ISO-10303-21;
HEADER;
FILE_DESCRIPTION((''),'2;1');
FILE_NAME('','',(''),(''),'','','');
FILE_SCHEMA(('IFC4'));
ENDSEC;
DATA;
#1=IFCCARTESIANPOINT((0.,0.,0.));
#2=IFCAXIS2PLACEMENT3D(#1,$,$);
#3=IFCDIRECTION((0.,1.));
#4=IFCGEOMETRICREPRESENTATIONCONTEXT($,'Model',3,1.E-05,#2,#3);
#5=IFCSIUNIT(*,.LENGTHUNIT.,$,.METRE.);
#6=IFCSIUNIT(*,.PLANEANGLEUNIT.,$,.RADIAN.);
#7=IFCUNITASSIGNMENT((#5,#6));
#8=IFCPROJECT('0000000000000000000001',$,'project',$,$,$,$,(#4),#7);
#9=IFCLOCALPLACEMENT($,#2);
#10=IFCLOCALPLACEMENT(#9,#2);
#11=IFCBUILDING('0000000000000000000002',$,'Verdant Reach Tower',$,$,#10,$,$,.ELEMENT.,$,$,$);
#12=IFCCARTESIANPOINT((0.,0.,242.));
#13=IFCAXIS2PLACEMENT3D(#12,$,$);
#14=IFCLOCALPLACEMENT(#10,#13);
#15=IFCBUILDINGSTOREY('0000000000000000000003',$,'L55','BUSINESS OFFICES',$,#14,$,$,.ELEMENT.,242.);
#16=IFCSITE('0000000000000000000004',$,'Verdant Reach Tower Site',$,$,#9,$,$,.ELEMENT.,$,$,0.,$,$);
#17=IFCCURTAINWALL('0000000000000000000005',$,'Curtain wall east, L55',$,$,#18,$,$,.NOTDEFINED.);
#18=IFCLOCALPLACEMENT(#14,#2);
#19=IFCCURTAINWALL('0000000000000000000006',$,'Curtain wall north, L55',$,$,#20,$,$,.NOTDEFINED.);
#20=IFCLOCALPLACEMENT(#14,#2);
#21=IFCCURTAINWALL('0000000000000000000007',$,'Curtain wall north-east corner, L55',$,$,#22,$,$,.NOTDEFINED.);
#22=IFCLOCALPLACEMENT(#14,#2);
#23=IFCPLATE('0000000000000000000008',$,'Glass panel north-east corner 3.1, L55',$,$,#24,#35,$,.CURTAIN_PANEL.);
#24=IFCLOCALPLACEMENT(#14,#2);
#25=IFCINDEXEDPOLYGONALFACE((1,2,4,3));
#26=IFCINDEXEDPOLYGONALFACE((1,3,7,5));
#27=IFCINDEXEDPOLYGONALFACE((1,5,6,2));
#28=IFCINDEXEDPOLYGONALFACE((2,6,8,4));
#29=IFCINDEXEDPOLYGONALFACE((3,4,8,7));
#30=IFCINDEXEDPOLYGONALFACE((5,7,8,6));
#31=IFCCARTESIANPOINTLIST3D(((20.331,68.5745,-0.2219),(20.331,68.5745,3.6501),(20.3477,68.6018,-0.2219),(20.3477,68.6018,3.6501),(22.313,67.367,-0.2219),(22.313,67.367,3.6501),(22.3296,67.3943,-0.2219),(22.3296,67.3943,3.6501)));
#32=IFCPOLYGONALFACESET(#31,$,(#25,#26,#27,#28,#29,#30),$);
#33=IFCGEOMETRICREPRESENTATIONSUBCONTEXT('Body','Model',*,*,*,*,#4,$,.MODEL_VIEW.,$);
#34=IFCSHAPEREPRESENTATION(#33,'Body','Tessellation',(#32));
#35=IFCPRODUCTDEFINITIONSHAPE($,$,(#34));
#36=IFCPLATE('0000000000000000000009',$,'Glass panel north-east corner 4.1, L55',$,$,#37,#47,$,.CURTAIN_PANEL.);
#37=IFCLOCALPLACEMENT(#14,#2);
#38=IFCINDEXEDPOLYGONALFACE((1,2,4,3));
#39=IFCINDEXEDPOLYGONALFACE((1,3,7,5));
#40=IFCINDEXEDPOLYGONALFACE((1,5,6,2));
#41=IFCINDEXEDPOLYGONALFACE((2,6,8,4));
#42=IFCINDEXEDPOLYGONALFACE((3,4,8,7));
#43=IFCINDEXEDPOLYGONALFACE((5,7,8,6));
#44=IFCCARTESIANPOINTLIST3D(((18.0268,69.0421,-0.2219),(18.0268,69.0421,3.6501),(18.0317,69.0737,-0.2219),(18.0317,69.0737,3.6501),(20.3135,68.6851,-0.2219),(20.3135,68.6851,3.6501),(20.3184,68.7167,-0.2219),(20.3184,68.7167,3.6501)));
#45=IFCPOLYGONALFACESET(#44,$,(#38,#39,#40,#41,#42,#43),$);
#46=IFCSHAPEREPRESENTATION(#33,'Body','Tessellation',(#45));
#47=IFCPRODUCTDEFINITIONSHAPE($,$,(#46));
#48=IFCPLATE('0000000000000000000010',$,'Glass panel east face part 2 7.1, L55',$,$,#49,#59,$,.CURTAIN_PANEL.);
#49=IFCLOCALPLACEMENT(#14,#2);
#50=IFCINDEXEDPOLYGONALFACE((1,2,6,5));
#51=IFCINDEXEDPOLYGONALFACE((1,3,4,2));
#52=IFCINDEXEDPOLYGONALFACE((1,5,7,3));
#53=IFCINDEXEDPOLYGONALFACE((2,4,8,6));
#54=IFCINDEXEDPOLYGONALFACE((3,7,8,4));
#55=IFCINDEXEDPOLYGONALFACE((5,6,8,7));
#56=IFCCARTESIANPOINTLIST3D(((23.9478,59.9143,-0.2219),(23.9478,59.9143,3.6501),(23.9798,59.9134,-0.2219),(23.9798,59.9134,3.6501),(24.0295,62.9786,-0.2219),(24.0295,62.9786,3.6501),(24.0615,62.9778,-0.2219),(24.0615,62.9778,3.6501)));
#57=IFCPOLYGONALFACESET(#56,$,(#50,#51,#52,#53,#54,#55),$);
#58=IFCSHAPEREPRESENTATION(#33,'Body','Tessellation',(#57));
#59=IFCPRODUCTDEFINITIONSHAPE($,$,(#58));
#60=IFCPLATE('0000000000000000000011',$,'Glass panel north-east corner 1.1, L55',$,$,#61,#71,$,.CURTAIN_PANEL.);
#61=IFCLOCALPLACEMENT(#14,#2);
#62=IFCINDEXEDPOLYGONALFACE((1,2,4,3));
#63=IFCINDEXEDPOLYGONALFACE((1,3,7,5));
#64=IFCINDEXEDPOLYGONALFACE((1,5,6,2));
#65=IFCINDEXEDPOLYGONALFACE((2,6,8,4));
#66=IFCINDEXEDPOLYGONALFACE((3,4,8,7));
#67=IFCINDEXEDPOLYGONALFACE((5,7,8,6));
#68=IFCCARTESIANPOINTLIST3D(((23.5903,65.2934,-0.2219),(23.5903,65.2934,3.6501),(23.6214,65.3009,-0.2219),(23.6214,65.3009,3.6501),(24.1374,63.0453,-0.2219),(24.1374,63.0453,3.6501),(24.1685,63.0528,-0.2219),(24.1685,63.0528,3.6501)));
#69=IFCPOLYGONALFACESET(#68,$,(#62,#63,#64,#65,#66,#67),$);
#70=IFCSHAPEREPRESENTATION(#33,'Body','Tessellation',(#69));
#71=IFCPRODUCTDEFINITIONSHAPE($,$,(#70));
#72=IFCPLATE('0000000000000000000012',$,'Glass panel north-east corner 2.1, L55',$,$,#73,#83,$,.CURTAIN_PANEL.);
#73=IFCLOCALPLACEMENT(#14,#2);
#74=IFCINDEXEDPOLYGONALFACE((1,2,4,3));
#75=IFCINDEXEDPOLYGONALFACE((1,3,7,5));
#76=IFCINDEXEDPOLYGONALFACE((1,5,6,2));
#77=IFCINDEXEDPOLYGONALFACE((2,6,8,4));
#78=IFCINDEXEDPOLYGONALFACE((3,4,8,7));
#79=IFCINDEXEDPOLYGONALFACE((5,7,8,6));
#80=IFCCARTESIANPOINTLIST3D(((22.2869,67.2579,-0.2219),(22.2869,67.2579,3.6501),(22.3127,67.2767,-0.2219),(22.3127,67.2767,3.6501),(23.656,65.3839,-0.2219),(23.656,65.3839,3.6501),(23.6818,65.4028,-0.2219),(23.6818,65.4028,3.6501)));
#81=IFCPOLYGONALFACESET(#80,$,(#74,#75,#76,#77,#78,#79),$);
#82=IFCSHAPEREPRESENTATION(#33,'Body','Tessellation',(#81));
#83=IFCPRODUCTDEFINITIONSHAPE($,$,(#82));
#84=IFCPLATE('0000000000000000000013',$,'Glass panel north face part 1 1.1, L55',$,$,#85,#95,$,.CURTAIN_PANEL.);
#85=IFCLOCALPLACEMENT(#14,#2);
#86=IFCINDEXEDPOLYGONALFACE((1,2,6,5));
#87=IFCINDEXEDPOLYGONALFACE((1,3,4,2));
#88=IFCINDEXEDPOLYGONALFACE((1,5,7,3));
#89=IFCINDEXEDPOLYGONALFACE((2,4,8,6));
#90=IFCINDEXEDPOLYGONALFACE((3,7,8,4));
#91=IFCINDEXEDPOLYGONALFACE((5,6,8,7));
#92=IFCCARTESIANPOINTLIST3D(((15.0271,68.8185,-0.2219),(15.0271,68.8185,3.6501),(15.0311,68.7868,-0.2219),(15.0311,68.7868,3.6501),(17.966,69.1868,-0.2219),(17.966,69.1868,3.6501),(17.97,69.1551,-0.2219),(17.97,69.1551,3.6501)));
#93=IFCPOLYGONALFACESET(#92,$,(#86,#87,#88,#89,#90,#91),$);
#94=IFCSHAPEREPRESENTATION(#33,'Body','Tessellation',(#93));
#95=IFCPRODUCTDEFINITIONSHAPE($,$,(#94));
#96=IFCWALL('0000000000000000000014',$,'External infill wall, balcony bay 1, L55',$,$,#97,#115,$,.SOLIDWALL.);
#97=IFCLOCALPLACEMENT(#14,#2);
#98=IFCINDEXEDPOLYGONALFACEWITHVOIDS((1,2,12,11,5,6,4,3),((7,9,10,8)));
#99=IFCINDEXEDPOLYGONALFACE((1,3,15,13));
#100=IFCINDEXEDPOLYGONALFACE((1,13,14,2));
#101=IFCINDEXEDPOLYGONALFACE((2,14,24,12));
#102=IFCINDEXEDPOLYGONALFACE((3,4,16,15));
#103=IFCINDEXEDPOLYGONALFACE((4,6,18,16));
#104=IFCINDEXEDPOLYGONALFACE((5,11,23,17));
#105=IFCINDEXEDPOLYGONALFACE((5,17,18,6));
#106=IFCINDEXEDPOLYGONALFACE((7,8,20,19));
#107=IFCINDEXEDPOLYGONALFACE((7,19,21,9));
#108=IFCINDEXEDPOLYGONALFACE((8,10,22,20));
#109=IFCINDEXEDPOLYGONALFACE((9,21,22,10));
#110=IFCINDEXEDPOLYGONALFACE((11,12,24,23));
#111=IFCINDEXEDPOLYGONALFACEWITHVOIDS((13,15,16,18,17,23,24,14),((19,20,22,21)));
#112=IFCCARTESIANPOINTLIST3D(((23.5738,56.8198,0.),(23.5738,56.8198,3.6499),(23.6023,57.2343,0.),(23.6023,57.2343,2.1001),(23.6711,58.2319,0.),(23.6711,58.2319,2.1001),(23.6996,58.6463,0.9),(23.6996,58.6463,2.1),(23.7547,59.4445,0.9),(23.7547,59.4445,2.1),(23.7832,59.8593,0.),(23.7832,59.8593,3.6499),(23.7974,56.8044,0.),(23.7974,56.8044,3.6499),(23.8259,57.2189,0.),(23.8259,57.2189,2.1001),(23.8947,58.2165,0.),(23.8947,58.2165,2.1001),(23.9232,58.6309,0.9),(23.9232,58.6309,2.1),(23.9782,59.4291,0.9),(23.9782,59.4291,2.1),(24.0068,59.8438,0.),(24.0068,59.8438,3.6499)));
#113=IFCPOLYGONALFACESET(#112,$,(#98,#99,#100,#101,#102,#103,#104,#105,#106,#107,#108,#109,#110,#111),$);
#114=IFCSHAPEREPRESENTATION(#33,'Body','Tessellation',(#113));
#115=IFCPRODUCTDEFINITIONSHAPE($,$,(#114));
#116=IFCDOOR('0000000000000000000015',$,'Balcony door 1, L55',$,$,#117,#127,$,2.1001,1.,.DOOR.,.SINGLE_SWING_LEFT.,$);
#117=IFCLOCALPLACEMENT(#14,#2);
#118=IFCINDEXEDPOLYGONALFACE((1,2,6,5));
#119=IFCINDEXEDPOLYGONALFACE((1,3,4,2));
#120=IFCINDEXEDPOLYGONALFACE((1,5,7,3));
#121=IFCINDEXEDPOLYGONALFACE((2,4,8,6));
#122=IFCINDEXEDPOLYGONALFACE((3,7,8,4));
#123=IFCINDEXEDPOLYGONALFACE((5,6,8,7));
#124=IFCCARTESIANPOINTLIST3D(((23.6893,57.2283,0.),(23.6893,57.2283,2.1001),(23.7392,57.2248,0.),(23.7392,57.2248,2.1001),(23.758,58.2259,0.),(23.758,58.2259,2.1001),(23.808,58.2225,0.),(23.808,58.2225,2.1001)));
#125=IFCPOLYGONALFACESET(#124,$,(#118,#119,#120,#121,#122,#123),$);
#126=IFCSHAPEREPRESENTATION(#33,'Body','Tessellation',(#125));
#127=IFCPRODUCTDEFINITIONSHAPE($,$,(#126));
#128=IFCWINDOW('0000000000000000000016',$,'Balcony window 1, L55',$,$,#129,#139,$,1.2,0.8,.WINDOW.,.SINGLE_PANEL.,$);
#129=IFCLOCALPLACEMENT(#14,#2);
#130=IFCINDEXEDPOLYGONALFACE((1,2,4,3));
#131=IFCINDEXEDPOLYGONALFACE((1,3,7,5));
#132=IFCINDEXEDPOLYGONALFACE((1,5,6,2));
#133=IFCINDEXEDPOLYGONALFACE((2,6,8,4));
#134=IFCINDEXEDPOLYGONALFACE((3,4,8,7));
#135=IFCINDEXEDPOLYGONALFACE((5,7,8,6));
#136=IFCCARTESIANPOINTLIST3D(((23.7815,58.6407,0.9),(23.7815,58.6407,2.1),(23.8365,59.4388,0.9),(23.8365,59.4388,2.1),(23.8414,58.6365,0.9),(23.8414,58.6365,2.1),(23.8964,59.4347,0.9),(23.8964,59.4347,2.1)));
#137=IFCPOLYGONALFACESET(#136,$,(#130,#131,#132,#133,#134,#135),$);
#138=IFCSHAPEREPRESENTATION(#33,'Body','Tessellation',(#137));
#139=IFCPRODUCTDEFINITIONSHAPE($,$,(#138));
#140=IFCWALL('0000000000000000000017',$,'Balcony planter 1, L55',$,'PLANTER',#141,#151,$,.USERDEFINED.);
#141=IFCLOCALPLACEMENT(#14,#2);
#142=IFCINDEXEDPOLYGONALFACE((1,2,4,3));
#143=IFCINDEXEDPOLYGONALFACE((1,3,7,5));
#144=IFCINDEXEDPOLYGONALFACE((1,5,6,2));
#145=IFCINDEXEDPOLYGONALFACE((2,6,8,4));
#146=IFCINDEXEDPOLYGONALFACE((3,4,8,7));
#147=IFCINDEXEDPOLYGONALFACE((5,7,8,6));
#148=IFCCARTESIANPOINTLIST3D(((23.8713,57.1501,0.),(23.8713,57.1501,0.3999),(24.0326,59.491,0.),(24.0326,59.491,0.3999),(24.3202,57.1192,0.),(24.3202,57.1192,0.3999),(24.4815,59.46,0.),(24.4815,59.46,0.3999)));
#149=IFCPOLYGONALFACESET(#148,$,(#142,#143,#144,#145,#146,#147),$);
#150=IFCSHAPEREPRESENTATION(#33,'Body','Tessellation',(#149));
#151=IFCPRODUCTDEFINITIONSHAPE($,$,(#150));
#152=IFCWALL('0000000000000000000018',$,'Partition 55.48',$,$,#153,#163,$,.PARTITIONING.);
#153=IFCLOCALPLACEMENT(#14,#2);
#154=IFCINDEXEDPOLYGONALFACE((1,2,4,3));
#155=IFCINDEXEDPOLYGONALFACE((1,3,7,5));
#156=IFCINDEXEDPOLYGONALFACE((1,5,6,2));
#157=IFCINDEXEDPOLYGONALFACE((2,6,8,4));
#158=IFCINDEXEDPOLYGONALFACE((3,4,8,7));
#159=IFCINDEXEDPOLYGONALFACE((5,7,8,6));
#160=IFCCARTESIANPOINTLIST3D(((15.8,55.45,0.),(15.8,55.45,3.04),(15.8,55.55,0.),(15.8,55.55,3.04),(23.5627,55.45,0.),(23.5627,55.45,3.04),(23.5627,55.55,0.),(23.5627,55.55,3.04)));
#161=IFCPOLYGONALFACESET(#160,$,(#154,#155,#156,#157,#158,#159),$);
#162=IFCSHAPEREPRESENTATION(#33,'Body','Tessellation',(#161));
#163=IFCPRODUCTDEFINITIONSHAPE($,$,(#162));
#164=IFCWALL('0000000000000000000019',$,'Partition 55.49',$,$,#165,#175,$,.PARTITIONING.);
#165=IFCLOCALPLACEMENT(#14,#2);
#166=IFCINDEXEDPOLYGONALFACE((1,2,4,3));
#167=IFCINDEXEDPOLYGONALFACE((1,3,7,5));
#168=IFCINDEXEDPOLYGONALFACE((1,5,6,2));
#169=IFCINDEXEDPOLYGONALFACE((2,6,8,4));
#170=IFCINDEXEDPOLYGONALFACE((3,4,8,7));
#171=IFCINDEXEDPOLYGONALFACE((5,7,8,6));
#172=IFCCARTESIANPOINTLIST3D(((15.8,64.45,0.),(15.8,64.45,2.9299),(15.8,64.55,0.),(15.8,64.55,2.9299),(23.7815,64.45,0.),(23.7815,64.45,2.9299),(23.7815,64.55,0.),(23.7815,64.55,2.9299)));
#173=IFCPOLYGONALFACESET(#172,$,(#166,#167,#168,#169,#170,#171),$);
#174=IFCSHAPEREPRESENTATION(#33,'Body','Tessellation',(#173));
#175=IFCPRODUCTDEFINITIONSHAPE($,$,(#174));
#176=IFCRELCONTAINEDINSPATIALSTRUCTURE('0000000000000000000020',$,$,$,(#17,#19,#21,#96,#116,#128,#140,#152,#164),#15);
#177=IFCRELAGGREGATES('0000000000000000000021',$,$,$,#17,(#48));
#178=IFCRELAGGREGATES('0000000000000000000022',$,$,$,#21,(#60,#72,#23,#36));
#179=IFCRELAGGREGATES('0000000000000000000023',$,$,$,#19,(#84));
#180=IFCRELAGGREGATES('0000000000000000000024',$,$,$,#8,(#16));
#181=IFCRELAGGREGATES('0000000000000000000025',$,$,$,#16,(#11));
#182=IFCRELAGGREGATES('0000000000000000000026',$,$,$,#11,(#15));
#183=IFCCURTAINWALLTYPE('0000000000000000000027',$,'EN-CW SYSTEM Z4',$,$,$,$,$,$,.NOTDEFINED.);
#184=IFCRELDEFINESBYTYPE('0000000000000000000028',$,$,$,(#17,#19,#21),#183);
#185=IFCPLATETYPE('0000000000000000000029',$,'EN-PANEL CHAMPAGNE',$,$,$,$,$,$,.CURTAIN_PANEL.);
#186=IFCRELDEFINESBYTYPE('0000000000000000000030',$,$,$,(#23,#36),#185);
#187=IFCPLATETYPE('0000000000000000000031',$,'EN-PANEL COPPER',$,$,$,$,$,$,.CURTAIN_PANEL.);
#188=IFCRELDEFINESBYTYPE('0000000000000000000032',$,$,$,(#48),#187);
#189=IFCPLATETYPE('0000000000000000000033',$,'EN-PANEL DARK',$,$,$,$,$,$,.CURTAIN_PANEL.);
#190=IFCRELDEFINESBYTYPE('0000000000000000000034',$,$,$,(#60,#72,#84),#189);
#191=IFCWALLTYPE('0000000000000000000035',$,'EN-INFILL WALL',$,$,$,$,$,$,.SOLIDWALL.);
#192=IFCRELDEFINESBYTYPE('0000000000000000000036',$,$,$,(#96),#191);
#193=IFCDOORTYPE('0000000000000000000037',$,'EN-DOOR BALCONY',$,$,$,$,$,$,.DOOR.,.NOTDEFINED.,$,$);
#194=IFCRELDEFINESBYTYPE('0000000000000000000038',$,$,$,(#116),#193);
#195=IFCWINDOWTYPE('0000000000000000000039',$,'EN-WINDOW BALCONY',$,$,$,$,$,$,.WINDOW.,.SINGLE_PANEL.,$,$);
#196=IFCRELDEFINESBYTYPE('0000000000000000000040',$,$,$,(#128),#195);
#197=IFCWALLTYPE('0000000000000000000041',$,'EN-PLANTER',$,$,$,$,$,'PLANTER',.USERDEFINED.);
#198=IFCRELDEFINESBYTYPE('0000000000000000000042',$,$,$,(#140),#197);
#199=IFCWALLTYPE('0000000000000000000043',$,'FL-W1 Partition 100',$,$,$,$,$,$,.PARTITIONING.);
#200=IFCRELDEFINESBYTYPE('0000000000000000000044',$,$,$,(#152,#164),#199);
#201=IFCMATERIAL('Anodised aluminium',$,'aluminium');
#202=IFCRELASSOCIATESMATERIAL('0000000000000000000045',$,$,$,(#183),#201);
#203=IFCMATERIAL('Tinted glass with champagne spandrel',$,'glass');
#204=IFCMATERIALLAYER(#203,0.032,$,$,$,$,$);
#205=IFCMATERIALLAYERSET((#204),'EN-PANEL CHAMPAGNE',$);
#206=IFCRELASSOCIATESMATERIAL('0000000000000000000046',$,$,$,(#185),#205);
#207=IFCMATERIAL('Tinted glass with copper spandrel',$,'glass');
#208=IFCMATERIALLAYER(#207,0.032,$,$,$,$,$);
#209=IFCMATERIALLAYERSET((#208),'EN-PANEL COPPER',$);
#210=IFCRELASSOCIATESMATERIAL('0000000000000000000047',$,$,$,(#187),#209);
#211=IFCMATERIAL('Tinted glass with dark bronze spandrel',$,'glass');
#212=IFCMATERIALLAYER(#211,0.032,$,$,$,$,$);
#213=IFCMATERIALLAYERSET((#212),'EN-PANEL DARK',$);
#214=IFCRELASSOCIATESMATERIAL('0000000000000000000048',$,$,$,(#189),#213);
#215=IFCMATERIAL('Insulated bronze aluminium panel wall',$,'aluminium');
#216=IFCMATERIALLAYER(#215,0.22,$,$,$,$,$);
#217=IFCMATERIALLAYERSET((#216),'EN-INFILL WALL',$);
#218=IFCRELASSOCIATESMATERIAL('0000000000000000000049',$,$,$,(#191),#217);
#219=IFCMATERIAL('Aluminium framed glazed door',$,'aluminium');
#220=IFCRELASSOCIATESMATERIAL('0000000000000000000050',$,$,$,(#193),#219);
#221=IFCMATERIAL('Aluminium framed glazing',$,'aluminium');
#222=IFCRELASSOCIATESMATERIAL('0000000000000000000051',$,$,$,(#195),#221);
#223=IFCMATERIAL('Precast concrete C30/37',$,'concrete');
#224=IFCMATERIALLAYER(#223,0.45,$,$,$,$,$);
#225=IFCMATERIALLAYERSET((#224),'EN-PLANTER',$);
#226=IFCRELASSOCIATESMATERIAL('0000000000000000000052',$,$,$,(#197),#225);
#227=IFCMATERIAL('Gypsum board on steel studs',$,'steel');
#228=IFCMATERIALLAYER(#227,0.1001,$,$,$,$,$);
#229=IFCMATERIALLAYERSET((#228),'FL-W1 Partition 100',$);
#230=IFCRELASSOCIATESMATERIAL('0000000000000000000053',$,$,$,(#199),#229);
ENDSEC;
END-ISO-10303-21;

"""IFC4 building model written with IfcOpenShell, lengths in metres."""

from ifc_helpers import new_model, si_unit, direction, frame, frame_2d, origin, origin_2d, place, context, subcontext, project, spatial, rectangle, extrude, material, layer, layer_set, type_object, element, fill, aggregate, save


model = new_model("IFC4")

# Units and contexts
model_context = context("Model", 3, precision=1e-05, world=origin(), true_north=direction((0.0, 1.0)))
body_context = subcontext(model_context, "Body", "Model", "MODEL_VIEW")
ifc_project = project(units=[si_unit("LENGTHUNIT", "METRE"), si_unit("PLANEANGLEUNIT", "RADIAN")], contexts=[model_context])

# Site, building, storey
site_placement = place(None, origin())
site = spatial("IfcSite", under=ifc_project, at=site_placement, Name="Verdant Reach Tower Site", CompositionType="ELEMENT", RefElevation=0.0)
building_placement = place(site_placement, origin())
building = spatial("IfcBuilding", under=site, at=building_placement, Name="Verdant Reach Tower", CompositionType="ELEMENT")
storey_placement = place(building_placement, frame((0.0, 0.0, 242.0)))
storey = spatial("IfcBuildingStorey", under=building, at=storey_placement, Name="L55", Description="BUSINESS OFFICES", CompositionType="ELEMENT", Elevation=242.0)

# Curtain walls
ifc_material_1 = material(Name="Anodised aluminium", Category="aluminium")
curtain_wall_type = type_object("IfcCurtainWallType", Name="EN-CW SYSTEM Z4", PredefinedType="NOTDEFINED", material=ifc_material_1)
curtain_wall_1_placement = place(storey_placement, origin())
curtain_wall_1 = element("IfcCurtainWall", 1, at=curtain_wall_1_placement, inside=storey, type_object=curtain_wall_type, Name="Curtain wall east, L55", PredefinedType="NOTDEFINED")
curtain_wall_2_placement = place(storey_placement, origin())
curtain_wall_2 = element("IfcCurtainWall", 2, at=curtain_wall_2_placement, inside=storey, type_object=curtain_wall_type, Name="Curtain wall north, L55", PredefinedType="NOTDEFINED")

# Curtain wall, plates
curtain_wall_3_placement = place(storey_placement, origin())
curtain_wall_3 = element("IfcCurtainWall", 3, at=curtain_wall_3_placement, inside=storey, type_object=curtain_wall_type, Name="Curtain wall north-east corner, L55", PredefinedType="NOTDEFINED")
ifc_material_2 = material(Name="Tinted glass with champagne spandrel", Category="glass")
ifc_layer_1 = layer(ifc_material_2, 0.032)
ifc_layer_set_1 = layer_set([ifc_layer_1], Name="EN-PANEL CHAMPAGNE")
plate_type_1 = type_object("IfcPlateType", Name="EN-PANEL CHAMPAGNE", PredefinedType="CURTAIN_PANEL", material=ifc_layer_set_1)
plate_1_placement = place(storey_placement, frame((21.3303, 67.9844, -0.2219), z_axis=(0.0, 0.0, 1.0), x_axis=(-0.853989, 0.520292, 0.0)))
plate_1 = element("IfcPlate", 4, at=plate_1_placement, type_object=plate_type_1, Name="Glass panel north-east corner 3.1, L55", PredefinedType="CURTAIN_PANEL", context=body_context, shape_type="SweptSolid", body=[
    extrude(rectangle(XDim=2.3208, YDim=0.032, at=origin_2d()), origin(), (0.0, 0.0, 1.0), 3.8721),
])
plate_2_placement = place(storey_placement, frame((19.1726, 68.8794, -0.2219), z_axis=(0.0, 0.0, 1.0), x_axis=(-0.988027, 0.154279, 0.0)))
plate_2 = element("IfcPlate", 5, at=plate_2_placement, type_object=plate_type_1, Name="Glass panel north-east corner 4.1, L55", PredefinedType="CURTAIN_PANEL", context=body_context, shape_type="SweptSolid", body=[
    extrude(rectangle(XDim=2.3145, YDim=0.032, at=origin_2d()), origin(), (0.0, 0.0, 1.0), 3.8721),
])

# Plates
ifc_material_3 = material(Name="Tinted glass with copper spandrel", Category="glass")
ifc_layer_2 = layer(ifc_material_3, 0.032)
ifc_layer_set_2 = layer_set([ifc_layer_2], Name="EN-PANEL COPPER")
plate_type_2 = type_object("IfcPlateType", Name="EN-PANEL COPPER", PredefinedType="CURTAIN_PANEL", material=ifc_layer_set_2)
plate_3_placement = place(storey_placement, frame((24.0046, 61.446, -0.2219), z_axis=(0.0, 0.0, 1.0), x_axis=(0.026651, 0.999645, 0.0)))
plate_3 = element("IfcPlate", 6, at=plate_3_placement, type_object=plate_type_2, Name="Glass panel east face part 2 7.1, L55", PredefinedType="CURTAIN_PANEL", context=body_context, shape_type="SweptSolid", body=[
    extrude(rectangle(XDim=3.0654, YDim=0.032, at=origin_2d()), origin(), (0.0, 0.0, 1.0), 3.8721),
])
aggregate(curtain_wall_1, [plate_3])
ifc_material_4 = material(Name="Tinted glass with dark bronze spandrel", Category="glass")
ifc_layer_3 = layer(ifc_material_4, 0.032)
ifc_layer_set_3 = layer_set([ifc_layer_3], Name="EN-PANEL DARK")
plate_type_3 = type_object("IfcPlateType", Name="EN-PANEL DARK", PredefinedType="CURTAIN_PANEL", material=ifc_layer_set_3)
plate_4_placement = place(storey_placement, frame((23.8794, 64.1731, -0.2219), z_axis=(0.0, 0.0, 1.0), x_axis=(-0.236459, 0.971642, 0.0)))
plate_4 = element("IfcPlate", 7, at=plate_4_placement, type_object=plate_type_3, Name="Glass panel north-east corner 1.1, L55", PredefinedType="CURTAIN_PANEL", context=body_context, shape_type="SweptSolid", body=[
    extrude(rectangle(XDim=2.3137, YDim=0.032, at=origin_2d()), origin(), (0.0, 0.0, 1.0), 3.8721),
])
plate_5_placement = place(storey_placement, frame((22.9844, 66.3303, -0.2219), z_axis=(0.0, 0.0, 1.0), x_axis=(-0.589927, 0.807457, 0.0)))
plate_5 = element("IfcPlate", 8, at=plate_5_placement, type_object=plate_type_3, Name="Glass panel north-east corner 2.1, L55", PredefinedType="CURTAIN_PANEL", context=body_context, shape_type="SweptSolid", body=[
    extrude(rectangle(XDim=2.3208, YDim=0.032, at=origin_2d()), origin(), (0.0, 0.0, 1.0), 3.8721),
])
aggregate(curtain_wall_3, [plate_4, plate_5, plate_1, plate_2])
plate_6_placement = place(storey_placement, frame((16.4985, 68.9868, -0.2219), z_axis=(0.0, 0.0, 1.0), x_axis=(-0.992239, -0.124346, 0.0)))
plate_6 = element("IfcPlate", 9, at=plate_6_placement, type_object=plate_type_3, Name="Glass panel north face part 1 1.1, L55", PredefinedType="CURTAIN_PANEL", context=body_context, shape_type="SweptSolid", body=[
    extrude(rectangle(XDim=2.9619, YDim=0.032, at=origin_2d()), origin(), (0.0, 0.0, 1.0), 3.8721),
])
aggregate(curtain_wall_2, [plate_6])

# Wall, openings, door, window
ifc_material_5 = material(Name="Insulated bronze aluminium panel wall", Category="aluminium")
ifc_layer_4 = layer(ifc_material_5, 0.22)
ifc_layer_set_4 = layer_set([ifc_layer_4], Name="EN-INFILL WALL")
wall_type_1 = type_object("IfcWallType", Name="EN-INFILL WALL", PredefinedType="SOLIDWALL", material=ifc_layer_set_4)
wall_1_placement = place(storey_placement, frame((23.6855, 56.812, 0.0), z_axis=(0.0, 0.0, 1.0), x_axis=(0.068758, 0.997633, 0.0)))
wall_1 = element("IfcWall", 10, at=wall_1_placement, inside=storey, type_object=wall_type_1, Name="External infill wall, balcony bay 1, L55", PredefinedType="SOLIDWALL", context=body_context, shape_type="SweptSolid", body=[
    extrude(rectangle(XDim=3.0466, YDim=0.2241, at=frame_2d((1.5234, 0.0))), origin(), (0.0, 0.0, 1.0), 3.6499),
])
opening_1_placement = place(wall_1_placement, frame((0.4155, 0.0, 0.0)))
opening_1 = element("IfcOpeningElement", 11, at=opening_1_placement, cuts=wall_1, PredefinedType="OPENING", context=body_context, shape_type="SweptSolid", body=[
    extrude(rectangle(XDim=1.0, YDim=2.1001, at=frame_2d((0.5, 1.05))), frame((0.0, 0.1221, 0.0), z_axis=(0.0, -1.0, 0.0), x_axis=(1.0, 0.0, 0.0)), (0.0, 0.0, 1.0), 0.2441),
])
opening_2_placement = place(wall_1_placement, frame((1.8311, 0.0, 0.8999)))
opening_2 = element("IfcOpeningElement", 12, at=opening_2_placement, cuts=wall_1, PredefinedType="OPENING", context=body_context, shape_type="SweptSolid", body=[
    extrude(rectangle(XDim=0.8, YDim=1.2, at=frame_2d((0.3999, 0.6001))), frame((0.0, 0.1221, 0.0), z_axis=(0.0, -1.0, 0.0), x_axis=(1.0, 0.0, 0.0)), (0.0, 0.0, 1.0), 0.2441),
])
ifc_material_6 = material(Name="Aluminium framed glazed door", Category="aluminium")
door_type_1 = type_object("IfcDoorType", Name="EN-DOOR BALCONY", OperationType="NOTDEFINED", PredefinedType="DOOR", material=ifc_material_6)
door_1_placement = place(opening_1_placement, origin())
door_1 = element("IfcDoor", 13, at=door_1_placement, inside=storey, type_object=door_type_1, Name="Balcony door 1, L55", OperationType="SINGLE_SWING_LEFT", OverallHeight=2.1001, OverallWidth=1.0, PredefinedType="DOOR", context=body_context, shape_type="SweptSolid", body=[
    extrude(rectangle(XDim=1.0, YDim=2.1001, at=frame_2d((0.5, 1.05))), frame((0.0, 0.0249, 0.0), z_axis=(0.0, -1.0, 0.0), x_axis=(1.0, 0.0, 0.0)), (0.0, 0.0, 1.0), 0.05),
])
fill(opening_1, door_1)
ifc_material_7 = material(Name="Aluminium framed glazing", Category="aluminium")
window_type = type_object("IfcWindowType", Name="EN-WINDOW BALCONY", PartitioningType="SINGLE_PANEL", PredefinedType="WINDOW", material=ifc_material_7)
window_placement = place(opening_2_placement, origin())
window = element("IfcWindow", 14, at=window_placement, inside=storey, type_object=window_type, Name="Balcony window 1, L55", OverallHeight=1.2, OverallWidth=0.8, PartitioningType="SINGLE_PANEL", PredefinedType="WINDOW", context=body_context, shape_type="SweptSolid", body=[
    extrude(rectangle(XDim=0.8, YDim=1.2, at=frame_2d((0.3999, 0.6001))), frame((0.0, 0.03, 0.0), z_axis=(0.0, -1.0, 0.0), x_axis=(1.0, 0.0, 0.0)), (0.0, 0.0, 1.0), 0.0601),
])
fill(opening_2, window)

# Walls
ifc_material_8 = material(Name="Precast concrete C30/37", Category="concrete")
ifc_layer_5 = layer(ifc_material_8, 0.45)
ifc_layer_set_5 = layer_set([ifc_layer_5], Name="EN-PLANTER")
wall_type_2 = type_object("IfcWallType", Name="EN-PLANTER", ElementType="PLANTER", PredefinedType="USERDEFINED", material=ifc_layer_set_5)
wall_2_placement = place(storey_placement, frame((24.0957, 57.1345, 0.0), z_axis=(0.0, 0.0, 1.0), x_axis=(0.068777, 0.997632, 0.0)))
element("IfcWall", 15, at=wall_2_placement, inside=storey, type_object=wall_type_2, Name="Balcony planter 1, L55", ObjectType="PLANTER", PredefinedType="USERDEFINED", context=body_context, shape_type="SweptSolid", body=[
    extrude(rectangle(XDim=2.3464, YDim=0.45, at=frame_2d((1.1733, 0.0))), origin(), (0.0, 0.0, 1.0), 0.3999),
])
ifc_material_9 = material(Name="Gypsum board on steel studs", Category="steel")
ifc_layer_6 = layer(ifc_material_9, 0.1001)
ifc_layer_set_6 = layer_set([ifc_layer_6], Name="FL-W1 Partition 100")
wall_type_3 = type_object("IfcWallType", Name="FL-W1 Partition 100", PredefinedType="PARTITIONING", material=ifc_layer_set_6)
wall_3_placement = place(storey_placement, frame((23.5627, 55.5, 0.0), z_axis=(0.0, 0.0, 1.0), x_axis=(-1.0, 0.0, 0.0)))
element("IfcWall", 16, at=wall_3_placement, inside=storey, type_object=wall_type_3, Name="Partition 55.48", PredefinedType="PARTITIONING", context=body_context, shape_type="SweptSolid", body=[
    extrude(rectangle(XDim=7.7627, YDim=0.1001, at=frame_2d((3.8813, 0.0))), origin(), (0.0, 0.0, 1.0), 3.04),
])
wall_4_placement = place(storey_placement, frame((23.7815, 64.5, 0.0), z_axis=(0.0, 0.0, 1.0), x_axis=(-1.0, 0.0, 0.0)))
element("IfcWall", 17, at=wall_4_placement, inside=storey, type_object=wall_type_3, Name="Partition 55.49", PredefinedType="PARTITIONING", context=body_context, shape_type="SweptSolid", body=[
    extrude(rectangle(XDim=7.9814, YDim=0.1001, at=frame_2d((3.9907, 0.0))), origin(), (0.0, 0.0, 1.0), 2.9299),
])

save(model, "model.ifc")
